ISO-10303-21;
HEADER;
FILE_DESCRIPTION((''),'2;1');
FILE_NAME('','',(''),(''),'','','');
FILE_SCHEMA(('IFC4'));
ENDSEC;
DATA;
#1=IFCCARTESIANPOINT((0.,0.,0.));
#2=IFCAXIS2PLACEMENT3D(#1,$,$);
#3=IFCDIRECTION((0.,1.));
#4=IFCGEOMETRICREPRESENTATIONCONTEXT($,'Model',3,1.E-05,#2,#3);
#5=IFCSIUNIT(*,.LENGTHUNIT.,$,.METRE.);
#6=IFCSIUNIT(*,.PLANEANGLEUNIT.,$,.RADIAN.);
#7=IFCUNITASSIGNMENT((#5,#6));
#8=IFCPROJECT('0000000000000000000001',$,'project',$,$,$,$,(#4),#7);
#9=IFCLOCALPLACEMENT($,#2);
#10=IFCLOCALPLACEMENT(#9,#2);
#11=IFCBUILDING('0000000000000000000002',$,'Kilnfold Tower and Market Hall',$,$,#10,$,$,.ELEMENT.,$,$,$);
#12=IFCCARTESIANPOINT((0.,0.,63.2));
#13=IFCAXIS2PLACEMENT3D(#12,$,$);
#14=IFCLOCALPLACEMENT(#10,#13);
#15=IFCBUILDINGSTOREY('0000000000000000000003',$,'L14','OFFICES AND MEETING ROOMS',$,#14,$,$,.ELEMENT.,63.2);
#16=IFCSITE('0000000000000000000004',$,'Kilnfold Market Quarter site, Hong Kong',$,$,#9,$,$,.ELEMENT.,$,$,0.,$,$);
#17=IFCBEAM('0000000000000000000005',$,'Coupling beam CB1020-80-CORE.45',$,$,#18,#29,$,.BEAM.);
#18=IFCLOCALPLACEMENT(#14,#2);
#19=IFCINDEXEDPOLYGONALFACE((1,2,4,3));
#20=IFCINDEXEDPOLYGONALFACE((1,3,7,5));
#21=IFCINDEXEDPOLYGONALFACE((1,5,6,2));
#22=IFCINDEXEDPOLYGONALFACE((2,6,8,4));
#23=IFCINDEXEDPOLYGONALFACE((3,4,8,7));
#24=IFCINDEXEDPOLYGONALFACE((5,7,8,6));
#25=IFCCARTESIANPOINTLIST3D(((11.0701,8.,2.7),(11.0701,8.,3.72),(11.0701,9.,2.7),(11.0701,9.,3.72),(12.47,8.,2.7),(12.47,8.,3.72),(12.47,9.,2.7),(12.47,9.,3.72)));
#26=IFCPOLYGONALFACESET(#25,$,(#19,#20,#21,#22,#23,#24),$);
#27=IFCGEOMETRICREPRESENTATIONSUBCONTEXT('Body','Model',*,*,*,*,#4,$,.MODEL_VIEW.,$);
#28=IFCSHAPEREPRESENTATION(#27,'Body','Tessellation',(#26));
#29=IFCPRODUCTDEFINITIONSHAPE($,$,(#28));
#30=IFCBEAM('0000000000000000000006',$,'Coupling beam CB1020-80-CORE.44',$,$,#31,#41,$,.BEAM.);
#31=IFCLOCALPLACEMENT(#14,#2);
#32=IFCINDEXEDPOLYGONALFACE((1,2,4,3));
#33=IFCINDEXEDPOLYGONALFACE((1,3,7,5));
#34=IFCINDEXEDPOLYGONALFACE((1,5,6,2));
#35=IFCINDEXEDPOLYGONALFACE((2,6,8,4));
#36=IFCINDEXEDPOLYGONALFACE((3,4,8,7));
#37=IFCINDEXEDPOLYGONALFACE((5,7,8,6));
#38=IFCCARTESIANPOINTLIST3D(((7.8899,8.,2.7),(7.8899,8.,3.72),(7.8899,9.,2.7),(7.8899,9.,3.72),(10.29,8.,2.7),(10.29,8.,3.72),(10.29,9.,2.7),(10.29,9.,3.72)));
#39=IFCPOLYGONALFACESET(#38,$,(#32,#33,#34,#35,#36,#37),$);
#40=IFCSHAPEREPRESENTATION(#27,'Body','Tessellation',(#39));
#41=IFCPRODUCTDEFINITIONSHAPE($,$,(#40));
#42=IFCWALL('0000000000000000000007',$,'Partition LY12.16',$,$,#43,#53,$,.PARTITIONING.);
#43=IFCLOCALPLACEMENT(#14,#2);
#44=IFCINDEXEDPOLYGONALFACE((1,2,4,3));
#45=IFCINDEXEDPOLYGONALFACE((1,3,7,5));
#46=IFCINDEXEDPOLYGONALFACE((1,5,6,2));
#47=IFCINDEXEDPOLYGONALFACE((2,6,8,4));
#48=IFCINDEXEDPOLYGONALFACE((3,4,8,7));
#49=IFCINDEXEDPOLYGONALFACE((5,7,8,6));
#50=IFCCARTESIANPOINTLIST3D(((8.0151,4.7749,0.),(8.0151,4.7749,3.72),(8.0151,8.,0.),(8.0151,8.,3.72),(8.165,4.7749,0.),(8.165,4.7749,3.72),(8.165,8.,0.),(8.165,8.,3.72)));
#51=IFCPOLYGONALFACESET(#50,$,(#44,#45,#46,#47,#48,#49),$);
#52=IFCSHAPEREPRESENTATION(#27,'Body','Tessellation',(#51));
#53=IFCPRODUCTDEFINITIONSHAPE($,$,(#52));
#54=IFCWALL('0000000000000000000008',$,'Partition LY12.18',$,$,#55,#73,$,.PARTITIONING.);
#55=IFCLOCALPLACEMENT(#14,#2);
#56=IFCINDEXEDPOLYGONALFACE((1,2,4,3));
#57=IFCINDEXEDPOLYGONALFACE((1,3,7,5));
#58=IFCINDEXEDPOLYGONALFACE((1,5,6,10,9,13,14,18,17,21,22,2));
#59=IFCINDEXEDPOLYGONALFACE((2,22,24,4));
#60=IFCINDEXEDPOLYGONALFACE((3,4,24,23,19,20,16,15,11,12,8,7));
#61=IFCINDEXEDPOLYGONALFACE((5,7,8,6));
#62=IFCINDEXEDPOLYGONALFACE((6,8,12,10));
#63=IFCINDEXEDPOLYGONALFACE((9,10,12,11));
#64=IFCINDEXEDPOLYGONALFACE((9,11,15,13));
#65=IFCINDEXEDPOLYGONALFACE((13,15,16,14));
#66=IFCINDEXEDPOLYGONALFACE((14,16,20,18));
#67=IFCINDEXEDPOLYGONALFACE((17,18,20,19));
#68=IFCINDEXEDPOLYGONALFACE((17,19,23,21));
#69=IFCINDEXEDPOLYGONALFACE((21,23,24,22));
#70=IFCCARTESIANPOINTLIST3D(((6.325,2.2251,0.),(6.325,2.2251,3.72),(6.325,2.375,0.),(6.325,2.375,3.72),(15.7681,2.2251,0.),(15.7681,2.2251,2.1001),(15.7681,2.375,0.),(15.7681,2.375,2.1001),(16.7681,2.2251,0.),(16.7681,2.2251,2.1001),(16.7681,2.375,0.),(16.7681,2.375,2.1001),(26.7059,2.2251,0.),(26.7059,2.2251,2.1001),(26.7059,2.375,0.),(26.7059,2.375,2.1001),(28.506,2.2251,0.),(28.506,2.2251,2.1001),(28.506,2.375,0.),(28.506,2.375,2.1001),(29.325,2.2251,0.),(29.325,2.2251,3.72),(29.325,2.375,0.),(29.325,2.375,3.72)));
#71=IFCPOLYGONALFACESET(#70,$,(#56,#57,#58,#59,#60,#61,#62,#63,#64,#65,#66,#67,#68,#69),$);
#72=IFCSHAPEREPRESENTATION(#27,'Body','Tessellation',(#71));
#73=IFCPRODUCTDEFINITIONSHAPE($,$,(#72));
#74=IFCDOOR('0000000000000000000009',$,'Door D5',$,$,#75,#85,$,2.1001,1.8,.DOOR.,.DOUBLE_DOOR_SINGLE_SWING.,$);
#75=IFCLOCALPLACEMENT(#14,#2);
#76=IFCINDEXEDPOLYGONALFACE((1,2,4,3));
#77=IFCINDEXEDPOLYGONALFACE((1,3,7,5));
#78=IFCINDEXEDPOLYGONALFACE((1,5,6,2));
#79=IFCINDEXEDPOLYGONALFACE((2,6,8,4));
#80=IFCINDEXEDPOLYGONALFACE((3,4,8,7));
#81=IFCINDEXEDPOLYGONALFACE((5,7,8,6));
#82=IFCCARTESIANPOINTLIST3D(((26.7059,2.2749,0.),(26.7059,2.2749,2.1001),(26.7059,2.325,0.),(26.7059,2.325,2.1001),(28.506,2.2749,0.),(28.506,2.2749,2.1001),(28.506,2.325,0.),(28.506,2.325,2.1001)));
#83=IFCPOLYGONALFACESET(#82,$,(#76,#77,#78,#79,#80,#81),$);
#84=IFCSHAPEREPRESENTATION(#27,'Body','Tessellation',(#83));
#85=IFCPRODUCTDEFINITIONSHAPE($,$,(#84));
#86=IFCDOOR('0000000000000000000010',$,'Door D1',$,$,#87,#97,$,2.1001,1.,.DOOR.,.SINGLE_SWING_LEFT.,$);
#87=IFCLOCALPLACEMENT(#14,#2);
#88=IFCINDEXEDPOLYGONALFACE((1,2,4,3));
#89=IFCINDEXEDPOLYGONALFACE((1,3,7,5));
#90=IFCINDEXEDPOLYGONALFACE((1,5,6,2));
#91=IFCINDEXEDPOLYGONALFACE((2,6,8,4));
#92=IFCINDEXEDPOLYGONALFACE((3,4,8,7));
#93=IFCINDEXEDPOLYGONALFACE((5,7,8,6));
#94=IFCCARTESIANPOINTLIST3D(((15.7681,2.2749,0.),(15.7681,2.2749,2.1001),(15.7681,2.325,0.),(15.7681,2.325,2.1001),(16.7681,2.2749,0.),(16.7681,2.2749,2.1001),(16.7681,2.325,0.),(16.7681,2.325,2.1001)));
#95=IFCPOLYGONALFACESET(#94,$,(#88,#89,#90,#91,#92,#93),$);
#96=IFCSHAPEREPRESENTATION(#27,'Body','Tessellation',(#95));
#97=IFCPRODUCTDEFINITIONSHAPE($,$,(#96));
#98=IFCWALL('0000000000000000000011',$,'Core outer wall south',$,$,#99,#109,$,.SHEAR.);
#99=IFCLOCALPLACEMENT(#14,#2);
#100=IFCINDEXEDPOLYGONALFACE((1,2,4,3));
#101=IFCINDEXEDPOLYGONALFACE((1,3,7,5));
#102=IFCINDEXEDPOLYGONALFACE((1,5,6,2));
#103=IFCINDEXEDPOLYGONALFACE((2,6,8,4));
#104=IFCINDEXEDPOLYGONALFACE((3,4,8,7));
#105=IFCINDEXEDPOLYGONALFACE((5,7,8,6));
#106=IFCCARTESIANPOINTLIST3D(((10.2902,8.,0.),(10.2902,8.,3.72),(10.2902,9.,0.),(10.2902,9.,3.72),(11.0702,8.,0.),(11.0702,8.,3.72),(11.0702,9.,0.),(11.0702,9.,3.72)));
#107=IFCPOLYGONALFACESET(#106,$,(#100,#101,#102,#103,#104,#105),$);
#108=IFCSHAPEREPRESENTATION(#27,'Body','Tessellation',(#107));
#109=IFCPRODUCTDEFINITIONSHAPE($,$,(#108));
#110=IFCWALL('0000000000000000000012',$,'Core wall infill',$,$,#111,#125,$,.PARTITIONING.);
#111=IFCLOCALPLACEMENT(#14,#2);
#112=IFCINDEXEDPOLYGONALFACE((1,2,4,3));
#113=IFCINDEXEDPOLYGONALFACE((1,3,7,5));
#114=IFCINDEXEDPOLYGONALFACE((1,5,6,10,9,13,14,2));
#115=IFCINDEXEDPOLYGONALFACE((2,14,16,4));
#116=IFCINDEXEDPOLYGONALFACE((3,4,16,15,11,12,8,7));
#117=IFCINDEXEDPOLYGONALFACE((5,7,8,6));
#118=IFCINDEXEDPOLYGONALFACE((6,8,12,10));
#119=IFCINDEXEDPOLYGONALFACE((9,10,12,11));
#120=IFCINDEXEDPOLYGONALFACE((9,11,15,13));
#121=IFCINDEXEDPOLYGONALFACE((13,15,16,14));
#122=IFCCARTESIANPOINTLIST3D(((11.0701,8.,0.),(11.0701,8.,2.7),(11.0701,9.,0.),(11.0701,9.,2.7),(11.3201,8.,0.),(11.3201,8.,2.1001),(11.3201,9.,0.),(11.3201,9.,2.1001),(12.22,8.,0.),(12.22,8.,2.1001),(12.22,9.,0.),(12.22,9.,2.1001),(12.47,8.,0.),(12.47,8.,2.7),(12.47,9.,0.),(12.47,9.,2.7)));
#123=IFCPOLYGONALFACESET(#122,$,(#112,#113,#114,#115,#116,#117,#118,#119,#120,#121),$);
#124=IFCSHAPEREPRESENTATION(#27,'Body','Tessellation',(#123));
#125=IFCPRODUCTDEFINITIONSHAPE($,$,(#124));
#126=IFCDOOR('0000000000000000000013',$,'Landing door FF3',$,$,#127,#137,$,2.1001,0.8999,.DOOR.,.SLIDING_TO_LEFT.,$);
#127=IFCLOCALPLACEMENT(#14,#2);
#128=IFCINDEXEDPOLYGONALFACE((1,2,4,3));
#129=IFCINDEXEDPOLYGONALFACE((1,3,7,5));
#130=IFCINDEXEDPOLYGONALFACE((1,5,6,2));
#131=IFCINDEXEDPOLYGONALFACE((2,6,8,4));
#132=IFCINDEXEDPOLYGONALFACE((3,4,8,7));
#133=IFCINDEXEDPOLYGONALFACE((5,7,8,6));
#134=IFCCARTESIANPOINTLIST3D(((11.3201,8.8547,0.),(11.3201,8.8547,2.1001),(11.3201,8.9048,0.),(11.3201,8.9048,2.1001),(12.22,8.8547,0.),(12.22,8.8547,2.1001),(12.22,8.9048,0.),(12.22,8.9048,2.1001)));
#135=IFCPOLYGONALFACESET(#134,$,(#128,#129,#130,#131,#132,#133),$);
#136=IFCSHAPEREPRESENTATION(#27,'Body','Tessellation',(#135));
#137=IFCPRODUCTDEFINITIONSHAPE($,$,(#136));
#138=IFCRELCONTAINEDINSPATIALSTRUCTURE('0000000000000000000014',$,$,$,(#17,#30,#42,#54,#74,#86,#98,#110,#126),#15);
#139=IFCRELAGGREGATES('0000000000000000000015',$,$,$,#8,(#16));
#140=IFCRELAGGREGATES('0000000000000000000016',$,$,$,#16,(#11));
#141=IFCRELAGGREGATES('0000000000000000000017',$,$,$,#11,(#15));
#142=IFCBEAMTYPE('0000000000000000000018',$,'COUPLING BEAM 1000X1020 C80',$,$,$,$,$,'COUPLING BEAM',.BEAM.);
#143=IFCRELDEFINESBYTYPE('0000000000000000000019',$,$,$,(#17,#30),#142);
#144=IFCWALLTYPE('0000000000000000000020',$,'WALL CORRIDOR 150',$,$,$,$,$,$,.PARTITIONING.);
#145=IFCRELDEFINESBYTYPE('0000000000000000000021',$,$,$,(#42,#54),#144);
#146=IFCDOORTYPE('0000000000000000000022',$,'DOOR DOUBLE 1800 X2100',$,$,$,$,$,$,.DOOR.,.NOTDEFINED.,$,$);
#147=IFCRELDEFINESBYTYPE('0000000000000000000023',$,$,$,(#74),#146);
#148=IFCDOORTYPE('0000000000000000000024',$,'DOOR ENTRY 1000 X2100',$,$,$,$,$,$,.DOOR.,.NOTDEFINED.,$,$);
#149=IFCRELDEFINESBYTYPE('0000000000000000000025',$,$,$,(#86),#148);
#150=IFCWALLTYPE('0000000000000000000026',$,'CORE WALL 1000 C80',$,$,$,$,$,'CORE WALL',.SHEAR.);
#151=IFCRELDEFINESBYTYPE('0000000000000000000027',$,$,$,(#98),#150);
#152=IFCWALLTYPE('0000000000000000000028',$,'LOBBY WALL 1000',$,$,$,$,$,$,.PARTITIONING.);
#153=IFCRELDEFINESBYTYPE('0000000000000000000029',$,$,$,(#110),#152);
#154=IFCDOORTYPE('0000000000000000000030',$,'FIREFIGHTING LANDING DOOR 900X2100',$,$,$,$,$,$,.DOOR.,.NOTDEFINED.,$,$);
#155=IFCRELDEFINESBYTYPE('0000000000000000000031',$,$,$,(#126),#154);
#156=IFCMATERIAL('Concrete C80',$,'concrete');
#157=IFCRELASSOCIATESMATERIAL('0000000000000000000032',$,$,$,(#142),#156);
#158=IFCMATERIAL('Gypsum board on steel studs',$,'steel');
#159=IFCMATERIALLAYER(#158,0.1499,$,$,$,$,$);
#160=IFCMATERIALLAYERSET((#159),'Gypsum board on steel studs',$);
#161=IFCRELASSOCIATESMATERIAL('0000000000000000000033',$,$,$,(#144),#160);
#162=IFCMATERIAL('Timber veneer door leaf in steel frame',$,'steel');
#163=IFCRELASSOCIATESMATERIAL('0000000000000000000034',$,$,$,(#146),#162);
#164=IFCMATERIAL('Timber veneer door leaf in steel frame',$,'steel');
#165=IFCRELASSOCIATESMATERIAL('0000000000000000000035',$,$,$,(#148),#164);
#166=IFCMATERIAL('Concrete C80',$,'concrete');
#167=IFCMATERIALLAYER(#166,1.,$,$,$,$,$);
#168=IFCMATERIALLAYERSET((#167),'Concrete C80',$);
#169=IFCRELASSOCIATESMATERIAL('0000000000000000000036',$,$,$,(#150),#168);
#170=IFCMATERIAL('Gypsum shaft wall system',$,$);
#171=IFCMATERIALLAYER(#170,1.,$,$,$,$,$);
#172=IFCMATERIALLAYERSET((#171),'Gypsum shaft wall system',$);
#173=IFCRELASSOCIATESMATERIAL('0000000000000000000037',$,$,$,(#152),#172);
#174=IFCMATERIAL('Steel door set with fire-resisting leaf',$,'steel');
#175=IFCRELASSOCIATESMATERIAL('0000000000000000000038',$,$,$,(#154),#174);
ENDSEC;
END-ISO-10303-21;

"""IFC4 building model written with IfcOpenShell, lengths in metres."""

from ifc_helpers import new_model, si_unit, direction, frame, frame_2d, origin, origin_2d, place, context, subcontext, project, spatial, rectangle, extrude, source, transform, mapped, material, layer, layer_set, material_profile, profile_set, type_object, element, fill, save


model = new_model("IFC4")

# Units and contexts
model_context = context("Model", 3, precision=1e-05, world=origin(), true_north=direction((0.0, 1.0)))
body_context = subcontext(model_context, "Body", "Model", "MODEL_VIEW")
ifc_project = project(units=[si_unit("LENGTHUNIT", "METRE"), si_unit("PLANEANGLEUNIT", "RADIAN")], contexts=[model_context])

# Site, building, storey
site_placement = place(None, origin())
site = spatial("IfcSite", under=ifc_project, at=site_placement, Name="Kilnfold Market Quarter site, Hong Kong", CompositionType="ELEMENT", RefElevation=0.0)
building_placement = place(site_placement, origin())
building = spatial("IfcBuilding", under=site, at=building_placement, Name="Kilnfold Tower and Market Hall", CompositionType="ELEMENT")
storey_placement = place(building_placement, frame((0.0, 0.0, 63.2)))
storey = spatial("IfcBuildingStorey", under=building, at=storey_placement, Name="L14", Description="OFFICES AND MEETING ROOMS", CompositionType="ELEMENT", Elevation=63.2)

# Beams
ifc_material_1 = material(Name="Concrete C80", Category="concrete")
ifc_material_profile = material_profile(ifc_material_1, rectangle(XDim=1.0, YDim=1.02, at=origin_2d()), Name="RC 1000x1020")
ifc_profile_set = profile_set([ifc_material_profile], Name="Concrete C80")
beam_type = type_object("IfcBeamType", Name="COUPLING BEAM 1000X1020 C80", ElementType="COUPLING BEAM", PredefinedType="BEAM", material=ifc_profile_set)
shared_shape_1 = source(origin(), body_context, "Body", "SweptSolid", [
    extrude(rectangle(XDim=1.0, YDim=1.02, at=origin_2d()), origin(), (0.0, 0.0, 1.0), 1.3999),
])
beam_1_placement = place(storey_placement, frame((11.0701, 8.5, 3.21), z_axis=(1.0, 0.0, 0.0), x_axis=(0.0, 1.0, 0.0)))
element("IfcBeam", 1, at=beam_1_placement, inside=storey, type_object=beam_type, Name="Coupling beam CB1020-80-CORE.45", PredefinedType="BEAM", context=body_context, shape_type="MappedRepresentation", body=[
    mapped(shared_shape_1, transform((0.0, 0.0, 0.0))),
])
shared_shape_2 = source(origin(), body_context, "Body", "SweptSolid", [
    extrude(rectangle(XDim=1.0, YDim=1.02, at=origin_2d()), origin(), (0.0, 0.0, 1.0), 2.4001),
])
beam_2_placement = place(storey_placement, frame((7.8899, 8.5, 3.21), z_axis=(1.0, 0.0, 0.0), x_axis=(0.0, 1.0, 0.0)))
element("IfcBeam", 2, at=beam_2_placement, inside=storey, type_object=beam_type, Name="Coupling beam CB1020-80-CORE.44", PredefinedType="BEAM", context=body_context, shape_type="MappedRepresentation", body=[
    mapped(shared_shape_2, transform((0.0, 0.0, 0.0))),
])

# Wall
ifc_material_2 = material(Name="Gypsum board on steel studs", Category="steel")
ifc_layer_1 = layer(ifc_material_2, 0.1499)
ifc_layer_set_1 = layer_set([ifc_layer_1], Name="Gypsum board on steel studs")
wall_type_1 = type_object("IfcWallType", Name="WALL CORRIDOR 150", PredefinedType="PARTITIONING", material=ifc_layer_set_1)
wall_1_placement = place(storey_placement, frame((8.0901, 8.0, 0.0), z_axis=(0.0, 0.0, 1.0), x_axis=(0.0, -1.0, 0.0)))
element("IfcWall", 3, at=wall_1_placement, inside=storey, type_object=wall_type_1, Name="Partition LY12.16", PredefinedType="PARTITIONING", context=body_context, shape_type="SweptSolid", body=[
    extrude(rectangle(XDim=3.2251, YDim=0.1499, at=frame_2d((1.6125, 0.0))), origin(), (0.0, 0.0, 1.0), 3.72),
])

# Wall, openings, doors
wall_2_placement = place(storey_placement, frame((6.325, 2.3, 0.0), z_axis=(0.0, 0.0, 1.0), x_axis=(1.0, 0.0, 0.0)))
wall_2 = element("IfcWall", 4, at=wall_2_placement, inside=storey, type_object=wall_type_1, Name="Partition LY12.18", PredefinedType="PARTITIONING", context=body_context, shape_type="SweptSolid", body=[
    extrude(rectangle(XDim=23.0, YDim=0.1499, at=frame_2d((11.5, 0.0))), origin(), (0.0, 0.0, 1.0), 3.72),
])
opening_1_placement = place(wall_2_placement, frame((9.4431, 0.0, 0.0)))
opening_1 = element("IfcOpeningElement", 5, at=opening_1_placement, cuts=wall_2, PredefinedType="OPENING", context=body_context, shape_type="SweptSolid", body=[
    extrude(rectangle(XDim=1.0, YDim=2.1001, at=frame_2d((0.5, 1.05))), frame((0.0, 0.085, 0.0), z_axis=(0.0, -1.0, 0.0), x_axis=(1.0, 0.0, 0.0)), (0.0, 0.0, 1.0), 0.1699),
])
opening_2_placement = place(wall_2_placement, frame((20.3811, 0.0, 0.0)))
opening_2 = element("IfcOpeningElement", 6, at=opening_2_placement, cuts=wall_2, PredefinedType="OPENING", context=body_context, shape_type="SweptSolid", body=[
    extrude(rectangle(XDim=1.8, YDim=2.1001, at=frame_2d((0.8999, 1.05))), frame((0.0, 0.085, 0.0), z_axis=(0.0, -1.0, 0.0), x_axis=(1.0, 0.0, 0.0)), (0.0, 0.0, 1.0), 0.1699),
])
ifc_material_3 = material(Name="Timber veneer door leaf in steel frame", Category="steel")
door_type_1 = type_object("IfcDoorType", Name="DOOR DOUBLE 1800 X2100", OperationType="NOTDEFINED", PredefinedType="DOOR", material=ifc_material_3)
door_1_placement = place(opening_2_placement, origin())
door_1 = element("IfcDoor", 7, at=door_1_placement, inside=storey, type_object=door_type_1, Name="Door D5", OperationType="DOUBLE_DOOR_SINGLE_SWING", OverallHeight=2.1001, OverallWidth=1.8, PredefinedType="DOOR", context=body_context, shape_type="SweptSolid", body=[
    extrude(rectangle(XDim=1.8, YDim=2.1001, at=frame_2d((0.8999, 1.05))), frame((0.0, 0.0249, 0.0), z_axis=(0.0, -1.0, 0.0), x_axis=(1.0, 0.0, 0.0)), (0.0, 0.0, 1.0), 0.05),
])
fill(opening_2, door_1)
ifc_material_4 = material(Name="Timber veneer door leaf in steel frame", Category="steel")
door_type_2 = type_object("IfcDoorType", Name="DOOR ENTRY 1000 X2100", OperationType="NOTDEFINED", PredefinedType="DOOR", material=ifc_material_4)
door_2_placement = place(opening_1_placement, origin())
door_2 = element("IfcDoor", 8, at=door_2_placement, inside=storey, type_object=door_type_2, Name="Door D1", OperationType="SINGLE_SWING_LEFT", OverallHeight=2.1001, OverallWidth=1.0, PredefinedType="DOOR", context=body_context, shape_type="SweptSolid", body=[
    extrude(rectangle(XDim=1.0, YDim=2.1001, at=frame_2d((0.5, 1.05))), frame((0.0, 0.0249, 0.0), z_axis=(0.0, -1.0, 0.0), x_axis=(1.0, 0.0, 0.0)), (0.0, 0.0, 1.0), 0.05),
])
fill(opening_1, door_2)

# Wall
ifc_material_5 = material(Name="Concrete C80", Category="concrete")
ifc_layer_2 = layer(ifc_material_5, 1.0)
ifc_layer_set_2 = layer_set([ifc_layer_2], Name="Concrete C80")
wall_type_2 = type_object("IfcWallType", Name="CORE WALL 1000 C80", ElementType="CORE WALL", PredefinedType="SHEAR", material=ifc_layer_set_2)
shared_shape_3 = source(origin(), body_context, "Body", "SweptSolid", [
    extrude(rectangle(XDim=0.78, YDim=1.0, at=frame_2d((0.3901, 0.0))), origin(), (0.0, 0.0, 1.0), 3.72),
])
wall_3_placement = place(storey_placement, frame((10.29, 8.5, 0.0), z_axis=(0.0, 0.0, 1.0), x_axis=(1.0, 0.0, 0.0)))
element("IfcWall", 9, at=wall_3_placement, inside=storey, type_object=wall_type_2, Name="Core outer wall south", PredefinedType="SHEAR", context=body_context, shape_type="MappedRepresentation", body=[
    mapped(shared_shape_3, transform((0.0, 0.0, 0.0))),
])

# Wall, opening, door
ifc_material_6 = material(Name="Gypsum shaft wall system")
ifc_layer_3 = layer(ifc_material_6, 1.0)
ifc_layer_set_3 = layer_set([ifc_layer_3], Name="Gypsum shaft wall system")
wall_type_3 = type_object("IfcWallType", Name="LOBBY WALL 1000", PredefinedType="PARTITIONING", material=ifc_layer_set_3)
shared_shape_4 = source(origin(), body_context, "Body", "SweptSolid", [
    extrude(rectangle(XDim=1.3999, YDim=1.0, at=frame_2d((0.7, 0.0))), origin(), (0.0, 0.0, 1.0), 2.7),
])
wall_4_placement = place(storey_placement, frame((11.0701, 8.5, 0.0), z_axis=(0.0, 0.0, 1.0), x_axis=(1.0, 0.0, 0.0)))
wall_4 = element("IfcWall", 10, at=wall_4_placement, inside=storey, type_object=wall_type_3, Name="Core wall infill", PredefinedType="PARTITIONING", context=body_context, shape_type="MappedRepresentation", body=[
    mapped(shared_shape_4, transform((0.0, 0.0, 0.0))),
])
opening_3_placement = place(wall_4_placement, frame((0.25, 0.0, 0.0)))
opening_3 = element("IfcOpeningElement", 11, at=opening_3_placement, cuts=wall_4, PredefinedType="OPENING", context=body_context, shape_type="SweptSolid", body=[
    extrude(rectangle(XDim=0.8999, YDim=2.1001, at=frame_2d((0.45, 1.05))), frame((0.0, 0.51, 0.0), z_axis=(0.0, -1.0, 0.0), x_axis=(1.0, 0.0, 0.0)), (0.0, 0.0, 1.0), 1.02),
])
ifc_material_7 = material(Name="Steel door set with fire-resisting leaf", Category="steel")
door_type_3 = type_object("IfcDoorType", Name="FIREFIGHTING LANDING DOOR 900X2100", OperationType="NOTDEFINED", PredefinedType="DOOR", material=ifc_material_7)
door_3_placement = place(opening_3_placement, origin())
door_3 = element("IfcDoor", 12, at=door_3_placement, inside=storey, type_object=door_type_3, Name="Landing door FF3", OperationType="SLIDING_TO_LEFT", OverallHeight=2.1001, OverallWidth=0.8999, PredefinedType="DOOR", context=body_context, shape_type="SweptSolid", body=[
    extrude(rectangle(XDim=0.8999, YDim=2.1001, at=frame_2d((0.45, 1.05))), frame((0.0, 0.4048, 0.0), z_axis=(0.0, -1.0, 0.0), x_axis=(1.0, 0.0, 0.0)), (0.0, 0.0, 1.0), 0.05),
])
fill(opening_3, door_3)

save(model, "model.ifc")
